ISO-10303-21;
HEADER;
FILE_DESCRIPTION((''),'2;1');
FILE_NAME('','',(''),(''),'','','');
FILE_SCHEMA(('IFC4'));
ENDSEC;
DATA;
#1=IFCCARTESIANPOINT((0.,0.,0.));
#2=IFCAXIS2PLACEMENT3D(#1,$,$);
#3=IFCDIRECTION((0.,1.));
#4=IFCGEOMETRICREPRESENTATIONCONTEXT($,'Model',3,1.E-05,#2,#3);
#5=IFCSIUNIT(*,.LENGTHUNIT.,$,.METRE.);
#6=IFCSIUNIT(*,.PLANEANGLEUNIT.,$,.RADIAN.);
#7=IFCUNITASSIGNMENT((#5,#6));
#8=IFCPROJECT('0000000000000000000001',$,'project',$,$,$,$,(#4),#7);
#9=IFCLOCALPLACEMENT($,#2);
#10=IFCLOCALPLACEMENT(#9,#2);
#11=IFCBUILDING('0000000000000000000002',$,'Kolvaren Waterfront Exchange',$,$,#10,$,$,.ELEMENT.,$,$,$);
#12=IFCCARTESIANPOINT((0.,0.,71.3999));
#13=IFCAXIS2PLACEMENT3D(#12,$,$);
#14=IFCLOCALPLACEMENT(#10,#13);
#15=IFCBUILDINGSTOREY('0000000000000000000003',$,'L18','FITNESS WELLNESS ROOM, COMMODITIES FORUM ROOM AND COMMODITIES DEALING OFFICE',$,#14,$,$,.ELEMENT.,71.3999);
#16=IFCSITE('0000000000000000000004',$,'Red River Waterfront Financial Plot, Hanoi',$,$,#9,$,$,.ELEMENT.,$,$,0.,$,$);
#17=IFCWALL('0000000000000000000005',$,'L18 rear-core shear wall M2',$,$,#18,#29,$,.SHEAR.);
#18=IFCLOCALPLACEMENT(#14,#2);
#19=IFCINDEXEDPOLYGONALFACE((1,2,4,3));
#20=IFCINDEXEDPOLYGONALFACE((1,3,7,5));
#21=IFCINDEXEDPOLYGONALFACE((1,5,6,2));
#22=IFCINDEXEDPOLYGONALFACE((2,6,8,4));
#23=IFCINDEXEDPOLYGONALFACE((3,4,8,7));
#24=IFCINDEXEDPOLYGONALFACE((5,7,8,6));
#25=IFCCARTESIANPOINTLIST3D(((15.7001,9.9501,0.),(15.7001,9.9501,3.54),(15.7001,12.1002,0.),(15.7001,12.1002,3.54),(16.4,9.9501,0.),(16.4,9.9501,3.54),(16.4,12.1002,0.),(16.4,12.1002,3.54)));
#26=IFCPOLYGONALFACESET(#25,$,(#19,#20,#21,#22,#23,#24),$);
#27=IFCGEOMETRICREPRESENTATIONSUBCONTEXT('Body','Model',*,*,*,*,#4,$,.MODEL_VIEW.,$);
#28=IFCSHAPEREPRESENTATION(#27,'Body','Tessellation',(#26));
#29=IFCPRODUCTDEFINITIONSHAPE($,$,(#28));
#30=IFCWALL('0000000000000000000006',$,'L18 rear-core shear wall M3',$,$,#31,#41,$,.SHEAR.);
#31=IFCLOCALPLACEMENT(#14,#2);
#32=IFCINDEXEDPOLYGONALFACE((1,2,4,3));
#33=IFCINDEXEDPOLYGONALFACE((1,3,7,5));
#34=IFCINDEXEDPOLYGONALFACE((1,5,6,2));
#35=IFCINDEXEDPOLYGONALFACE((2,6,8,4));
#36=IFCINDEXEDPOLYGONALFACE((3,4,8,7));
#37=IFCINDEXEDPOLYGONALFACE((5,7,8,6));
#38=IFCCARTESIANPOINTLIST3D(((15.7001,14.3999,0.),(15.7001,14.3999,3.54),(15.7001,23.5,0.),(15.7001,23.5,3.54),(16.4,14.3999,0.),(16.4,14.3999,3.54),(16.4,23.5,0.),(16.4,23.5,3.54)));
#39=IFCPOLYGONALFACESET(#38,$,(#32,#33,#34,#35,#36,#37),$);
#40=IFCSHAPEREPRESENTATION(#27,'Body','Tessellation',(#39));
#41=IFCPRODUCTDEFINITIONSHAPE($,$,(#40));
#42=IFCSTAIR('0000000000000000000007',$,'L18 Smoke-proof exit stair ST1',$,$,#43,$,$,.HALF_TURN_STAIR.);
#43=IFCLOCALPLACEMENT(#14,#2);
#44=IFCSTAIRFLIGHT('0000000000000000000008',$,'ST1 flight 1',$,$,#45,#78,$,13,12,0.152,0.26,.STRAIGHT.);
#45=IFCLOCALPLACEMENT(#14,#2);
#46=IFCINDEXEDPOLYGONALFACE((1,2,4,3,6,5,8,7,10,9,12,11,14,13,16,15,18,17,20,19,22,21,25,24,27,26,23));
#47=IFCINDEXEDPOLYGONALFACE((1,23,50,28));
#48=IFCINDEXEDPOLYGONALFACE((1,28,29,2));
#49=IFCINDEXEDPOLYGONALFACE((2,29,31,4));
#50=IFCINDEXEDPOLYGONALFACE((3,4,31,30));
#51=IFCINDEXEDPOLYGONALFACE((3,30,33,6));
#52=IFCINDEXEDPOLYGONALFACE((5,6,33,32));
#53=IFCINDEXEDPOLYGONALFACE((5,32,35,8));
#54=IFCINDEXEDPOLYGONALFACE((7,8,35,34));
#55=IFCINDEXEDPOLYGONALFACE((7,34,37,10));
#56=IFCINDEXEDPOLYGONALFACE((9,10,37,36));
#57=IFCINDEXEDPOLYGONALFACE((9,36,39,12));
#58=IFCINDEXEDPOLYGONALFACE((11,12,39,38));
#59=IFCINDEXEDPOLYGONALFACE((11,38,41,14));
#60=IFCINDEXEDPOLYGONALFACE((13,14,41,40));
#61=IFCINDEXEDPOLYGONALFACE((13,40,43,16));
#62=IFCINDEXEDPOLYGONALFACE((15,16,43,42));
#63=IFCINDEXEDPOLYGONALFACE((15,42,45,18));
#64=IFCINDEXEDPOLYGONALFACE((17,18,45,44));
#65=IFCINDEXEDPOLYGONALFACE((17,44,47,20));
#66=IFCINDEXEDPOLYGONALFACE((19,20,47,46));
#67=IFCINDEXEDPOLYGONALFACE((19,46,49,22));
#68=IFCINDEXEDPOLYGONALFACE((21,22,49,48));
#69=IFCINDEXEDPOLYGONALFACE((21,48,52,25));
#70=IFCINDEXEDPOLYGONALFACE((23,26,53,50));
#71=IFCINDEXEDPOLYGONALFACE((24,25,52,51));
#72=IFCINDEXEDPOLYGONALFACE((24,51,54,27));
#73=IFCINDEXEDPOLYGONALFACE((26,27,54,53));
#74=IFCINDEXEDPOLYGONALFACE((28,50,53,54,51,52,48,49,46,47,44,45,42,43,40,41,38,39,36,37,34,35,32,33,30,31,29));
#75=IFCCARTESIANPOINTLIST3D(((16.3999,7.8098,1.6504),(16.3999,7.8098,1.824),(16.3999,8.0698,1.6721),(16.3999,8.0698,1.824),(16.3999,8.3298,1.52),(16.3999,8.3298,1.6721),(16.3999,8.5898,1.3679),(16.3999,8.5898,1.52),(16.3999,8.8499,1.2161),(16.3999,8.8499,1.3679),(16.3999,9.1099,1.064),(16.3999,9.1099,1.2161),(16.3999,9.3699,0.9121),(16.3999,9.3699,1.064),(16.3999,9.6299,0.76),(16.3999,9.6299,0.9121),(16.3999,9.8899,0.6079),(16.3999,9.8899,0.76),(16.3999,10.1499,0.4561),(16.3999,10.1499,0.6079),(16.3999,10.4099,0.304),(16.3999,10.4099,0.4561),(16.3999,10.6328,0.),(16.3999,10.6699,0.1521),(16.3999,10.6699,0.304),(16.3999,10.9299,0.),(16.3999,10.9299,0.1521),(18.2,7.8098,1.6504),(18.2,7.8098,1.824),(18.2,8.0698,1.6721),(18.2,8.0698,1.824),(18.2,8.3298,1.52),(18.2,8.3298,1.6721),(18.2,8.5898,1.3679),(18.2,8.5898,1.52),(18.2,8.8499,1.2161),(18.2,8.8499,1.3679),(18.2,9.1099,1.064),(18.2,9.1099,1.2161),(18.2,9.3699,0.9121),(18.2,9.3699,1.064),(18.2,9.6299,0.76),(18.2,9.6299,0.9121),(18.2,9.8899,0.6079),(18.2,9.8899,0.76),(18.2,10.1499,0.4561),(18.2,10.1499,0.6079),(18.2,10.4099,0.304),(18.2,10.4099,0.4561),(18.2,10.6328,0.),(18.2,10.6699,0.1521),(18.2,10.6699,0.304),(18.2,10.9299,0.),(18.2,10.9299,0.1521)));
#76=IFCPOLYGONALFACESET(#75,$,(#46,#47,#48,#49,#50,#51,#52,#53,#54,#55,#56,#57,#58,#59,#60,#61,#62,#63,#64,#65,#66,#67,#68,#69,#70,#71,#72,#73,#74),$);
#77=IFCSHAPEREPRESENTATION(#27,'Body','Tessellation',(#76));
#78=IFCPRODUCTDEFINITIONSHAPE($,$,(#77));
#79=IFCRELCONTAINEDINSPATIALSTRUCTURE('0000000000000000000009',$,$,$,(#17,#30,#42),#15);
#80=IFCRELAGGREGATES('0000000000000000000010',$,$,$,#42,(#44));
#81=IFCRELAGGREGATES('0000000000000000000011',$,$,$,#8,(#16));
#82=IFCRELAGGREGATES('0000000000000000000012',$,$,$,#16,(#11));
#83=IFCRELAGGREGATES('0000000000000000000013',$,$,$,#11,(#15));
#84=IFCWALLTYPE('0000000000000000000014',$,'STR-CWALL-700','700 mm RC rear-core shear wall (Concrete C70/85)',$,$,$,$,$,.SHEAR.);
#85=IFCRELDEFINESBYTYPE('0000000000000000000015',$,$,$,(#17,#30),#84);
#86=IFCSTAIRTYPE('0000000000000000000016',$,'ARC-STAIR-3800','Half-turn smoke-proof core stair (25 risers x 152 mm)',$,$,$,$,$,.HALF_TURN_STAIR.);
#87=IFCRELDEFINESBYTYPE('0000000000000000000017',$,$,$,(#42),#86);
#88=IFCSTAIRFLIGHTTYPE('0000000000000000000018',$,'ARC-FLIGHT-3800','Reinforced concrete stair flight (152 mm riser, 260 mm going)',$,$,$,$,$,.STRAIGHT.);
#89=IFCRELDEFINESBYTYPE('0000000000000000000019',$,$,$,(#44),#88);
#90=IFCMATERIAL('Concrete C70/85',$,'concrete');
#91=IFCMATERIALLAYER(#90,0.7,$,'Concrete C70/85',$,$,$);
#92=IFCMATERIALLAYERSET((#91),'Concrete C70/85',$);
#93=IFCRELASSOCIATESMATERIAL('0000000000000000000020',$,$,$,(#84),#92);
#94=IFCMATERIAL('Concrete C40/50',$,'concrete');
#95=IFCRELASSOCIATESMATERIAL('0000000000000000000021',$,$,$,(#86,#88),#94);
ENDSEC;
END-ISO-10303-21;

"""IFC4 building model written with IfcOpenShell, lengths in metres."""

from ifc_helpers import new_model, si_unit, direction, frame, frame_2d, origin, place, context, subcontext, project, spatial, polyline, rectangle, outline, extrude, material, layer, layer_set, type_object, element, aggregate, save


model = new_model("IFC4")

# Units and contexts
model_context = context("Model", 3, precision=1e-05, world=origin(), true_north=direction((0.0, 1.0)))
body_context = subcontext(model_context, "Body", "Model", "MODEL_VIEW")
ifc_project = project(units=[si_unit("LENGTHUNIT", "METRE"), si_unit("PLANEANGLEUNIT", "RADIAN")], contexts=[model_context])

# Site, building, storey
site_placement = place(None, origin())
site = spatial("IfcSite", under=ifc_project, at=site_placement, Name="Red River Waterfront Financial Plot, Hanoi", CompositionType="ELEMENT", RefElevation=0.0)
building_placement = place(site_placement, origin())
building = spatial("IfcBuilding", under=site, at=building_placement, Name="Kolvaren Waterfront Exchange", CompositionType="ELEMENT")
storey_placement = place(building_placement, frame((0.0, 0.0, 71.3999)))
storey = spatial("IfcBuildingStorey", under=building, at=storey_placement, Name="L18", Description="FITNESS WELLNESS ROOM, COMMODITIES FORUM ROOM AND COMMODITIES DEALING OFFICE", CompositionType="ELEMENT", Elevation=71.3999)

# Walls
ifc_material_1 = material(Name="Concrete C40/50", Category="concrete")
ifc_material_2 = material(Name="Concrete C70/85", Category="concrete")
ifc_layer_1 = layer(ifc_material_2, 0.7, Name="Concrete C70/85")
ifc_layer_set_1 = layer_set([ifc_layer_1], Name="Concrete C70/85")
wall_type_1 = type_object("IfcWallType", Name="STR-CWALL-700", Description="700 mm RC rear-core shear wall (Concrete C70/85)", PredefinedType="SHEAR", material=ifc_layer_set_1)
wall_1_placement = place(storey_placement, frame((16.05, 9.95, 0.0), z_axis=(0.0, 0.0, 1.0), x_axis=(0.0, 1.0, 0.0)))
element("IfcWall", 1, at=wall_1_placement, inside=storey, type_object=wall_type_1, Name="L18 rear-core shear wall M2", PredefinedType="SHEAR", context=body_context, shape_type="SweptSolid", body=[
    extrude(rectangle(XDim=2.1501, YDim=0.7, at=frame_2d((1.0752, 0.0))), origin(), (0.0, 0.0, 1.0), 3.54),
])
wall_2_placement = place(storey_placement, frame((16.05, 14.3999, 0.0), z_axis=(0.0, 0.0, 1.0), x_axis=(0.0, 1.0, 0.0)))
element("IfcWall", 2, at=wall_2_placement, inside=storey, type_object=wall_type_1, Name="L18 rear-core shear wall M3", PredefinedType="SHEAR", context=body_context, shape_type="SweptSolid", body=[
    extrude(rectangle(XDim=9.1001, YDim=0.7, at=frame_2d((4.55, 0.0))), origin(), (0.0, 0.0, 1.0), 3.54),
])

# Stair, stair flight
stair_type = type_object("IfcStairType", Name="ARC-STAIR-3800", Description="Half-turn smoke-proof core stair (25 risers x 152 mm)", PredefinedType="HALF_TURN_STAIR", material=ifc_material_1)
stair_placement = place(storey_placement, origin())
stair = element("IfcStair", 3, at=stair_placement, inside=storey, type_object=stair_type, Name="L18 Smoke-proof exit stair ST1", PredefinedType="HALF_TURN_STAIR")
stair_flight_type = type_object("IfcStairFlightType", Name="ARC-FLIGHT-3800", Description="Reinforced concrete stair flight (152 mm riser, 260 mm going)", PredefinedType="STRAIGHT", material=ifc_material_1)
stair_flight_placement = place(storey_placement, frame((17.3, 10.9299, 0.0), z_axis=(0.0, 0.0, 1.0), x_axis=(0.0, -1.0, 0.0)))
stair_flight = element("IfcStairFlight", 4, at=stair_flight_placement, type_object=stair_flight_type, Name="ST1 flight 1", NumberOfRisers=13, NumberOfTreads=12, PredefinedType="STRAIGHT", RiserHeight=0.152, TreadLength=0.26, context=body_context, shape_type="SweptSolid", body=[
    extrude(outline(polyline([(0.0, 0.0), (0.0, 0.1521), (0.26, 0.1521), (0.26, 0.304), (0.52, 0.304), (0.52, 0.4561), (0.78, 0.4561), (0.78, 0.6079), (1.04, 0.6079), (1.04, 0.76), (1.3, 0.76), (1.3, 0.9121), (1.5601, 0.9121), (1.5601, 1.064), (1.8201, 1.064), (1.8201, 1.2161), (2.0801, 1.2161), (2.0801, 1.3679), (2.3401, 1.3679), (2.3401, 1.52), (2.6001, 1.52), (2.6001, 1.6721), (2.8601, 1.6721), (2.8601, 1.824), (3.1201, 1.824), (3.1201, 1.9761), (3.1201, 1.6504), (0.2971, 0.0), (0.0, 0.0)])), frame((0.0, 0.8999, 0.0), z_axis=(0.0, -1.0, 0.0), x_axis=(1.0, 0.0, 0.0)), (0.0, 0.0, 1.0), 1.8),
])
aggregate(stair, [stair_flight])

save(model, "model.ifc")
